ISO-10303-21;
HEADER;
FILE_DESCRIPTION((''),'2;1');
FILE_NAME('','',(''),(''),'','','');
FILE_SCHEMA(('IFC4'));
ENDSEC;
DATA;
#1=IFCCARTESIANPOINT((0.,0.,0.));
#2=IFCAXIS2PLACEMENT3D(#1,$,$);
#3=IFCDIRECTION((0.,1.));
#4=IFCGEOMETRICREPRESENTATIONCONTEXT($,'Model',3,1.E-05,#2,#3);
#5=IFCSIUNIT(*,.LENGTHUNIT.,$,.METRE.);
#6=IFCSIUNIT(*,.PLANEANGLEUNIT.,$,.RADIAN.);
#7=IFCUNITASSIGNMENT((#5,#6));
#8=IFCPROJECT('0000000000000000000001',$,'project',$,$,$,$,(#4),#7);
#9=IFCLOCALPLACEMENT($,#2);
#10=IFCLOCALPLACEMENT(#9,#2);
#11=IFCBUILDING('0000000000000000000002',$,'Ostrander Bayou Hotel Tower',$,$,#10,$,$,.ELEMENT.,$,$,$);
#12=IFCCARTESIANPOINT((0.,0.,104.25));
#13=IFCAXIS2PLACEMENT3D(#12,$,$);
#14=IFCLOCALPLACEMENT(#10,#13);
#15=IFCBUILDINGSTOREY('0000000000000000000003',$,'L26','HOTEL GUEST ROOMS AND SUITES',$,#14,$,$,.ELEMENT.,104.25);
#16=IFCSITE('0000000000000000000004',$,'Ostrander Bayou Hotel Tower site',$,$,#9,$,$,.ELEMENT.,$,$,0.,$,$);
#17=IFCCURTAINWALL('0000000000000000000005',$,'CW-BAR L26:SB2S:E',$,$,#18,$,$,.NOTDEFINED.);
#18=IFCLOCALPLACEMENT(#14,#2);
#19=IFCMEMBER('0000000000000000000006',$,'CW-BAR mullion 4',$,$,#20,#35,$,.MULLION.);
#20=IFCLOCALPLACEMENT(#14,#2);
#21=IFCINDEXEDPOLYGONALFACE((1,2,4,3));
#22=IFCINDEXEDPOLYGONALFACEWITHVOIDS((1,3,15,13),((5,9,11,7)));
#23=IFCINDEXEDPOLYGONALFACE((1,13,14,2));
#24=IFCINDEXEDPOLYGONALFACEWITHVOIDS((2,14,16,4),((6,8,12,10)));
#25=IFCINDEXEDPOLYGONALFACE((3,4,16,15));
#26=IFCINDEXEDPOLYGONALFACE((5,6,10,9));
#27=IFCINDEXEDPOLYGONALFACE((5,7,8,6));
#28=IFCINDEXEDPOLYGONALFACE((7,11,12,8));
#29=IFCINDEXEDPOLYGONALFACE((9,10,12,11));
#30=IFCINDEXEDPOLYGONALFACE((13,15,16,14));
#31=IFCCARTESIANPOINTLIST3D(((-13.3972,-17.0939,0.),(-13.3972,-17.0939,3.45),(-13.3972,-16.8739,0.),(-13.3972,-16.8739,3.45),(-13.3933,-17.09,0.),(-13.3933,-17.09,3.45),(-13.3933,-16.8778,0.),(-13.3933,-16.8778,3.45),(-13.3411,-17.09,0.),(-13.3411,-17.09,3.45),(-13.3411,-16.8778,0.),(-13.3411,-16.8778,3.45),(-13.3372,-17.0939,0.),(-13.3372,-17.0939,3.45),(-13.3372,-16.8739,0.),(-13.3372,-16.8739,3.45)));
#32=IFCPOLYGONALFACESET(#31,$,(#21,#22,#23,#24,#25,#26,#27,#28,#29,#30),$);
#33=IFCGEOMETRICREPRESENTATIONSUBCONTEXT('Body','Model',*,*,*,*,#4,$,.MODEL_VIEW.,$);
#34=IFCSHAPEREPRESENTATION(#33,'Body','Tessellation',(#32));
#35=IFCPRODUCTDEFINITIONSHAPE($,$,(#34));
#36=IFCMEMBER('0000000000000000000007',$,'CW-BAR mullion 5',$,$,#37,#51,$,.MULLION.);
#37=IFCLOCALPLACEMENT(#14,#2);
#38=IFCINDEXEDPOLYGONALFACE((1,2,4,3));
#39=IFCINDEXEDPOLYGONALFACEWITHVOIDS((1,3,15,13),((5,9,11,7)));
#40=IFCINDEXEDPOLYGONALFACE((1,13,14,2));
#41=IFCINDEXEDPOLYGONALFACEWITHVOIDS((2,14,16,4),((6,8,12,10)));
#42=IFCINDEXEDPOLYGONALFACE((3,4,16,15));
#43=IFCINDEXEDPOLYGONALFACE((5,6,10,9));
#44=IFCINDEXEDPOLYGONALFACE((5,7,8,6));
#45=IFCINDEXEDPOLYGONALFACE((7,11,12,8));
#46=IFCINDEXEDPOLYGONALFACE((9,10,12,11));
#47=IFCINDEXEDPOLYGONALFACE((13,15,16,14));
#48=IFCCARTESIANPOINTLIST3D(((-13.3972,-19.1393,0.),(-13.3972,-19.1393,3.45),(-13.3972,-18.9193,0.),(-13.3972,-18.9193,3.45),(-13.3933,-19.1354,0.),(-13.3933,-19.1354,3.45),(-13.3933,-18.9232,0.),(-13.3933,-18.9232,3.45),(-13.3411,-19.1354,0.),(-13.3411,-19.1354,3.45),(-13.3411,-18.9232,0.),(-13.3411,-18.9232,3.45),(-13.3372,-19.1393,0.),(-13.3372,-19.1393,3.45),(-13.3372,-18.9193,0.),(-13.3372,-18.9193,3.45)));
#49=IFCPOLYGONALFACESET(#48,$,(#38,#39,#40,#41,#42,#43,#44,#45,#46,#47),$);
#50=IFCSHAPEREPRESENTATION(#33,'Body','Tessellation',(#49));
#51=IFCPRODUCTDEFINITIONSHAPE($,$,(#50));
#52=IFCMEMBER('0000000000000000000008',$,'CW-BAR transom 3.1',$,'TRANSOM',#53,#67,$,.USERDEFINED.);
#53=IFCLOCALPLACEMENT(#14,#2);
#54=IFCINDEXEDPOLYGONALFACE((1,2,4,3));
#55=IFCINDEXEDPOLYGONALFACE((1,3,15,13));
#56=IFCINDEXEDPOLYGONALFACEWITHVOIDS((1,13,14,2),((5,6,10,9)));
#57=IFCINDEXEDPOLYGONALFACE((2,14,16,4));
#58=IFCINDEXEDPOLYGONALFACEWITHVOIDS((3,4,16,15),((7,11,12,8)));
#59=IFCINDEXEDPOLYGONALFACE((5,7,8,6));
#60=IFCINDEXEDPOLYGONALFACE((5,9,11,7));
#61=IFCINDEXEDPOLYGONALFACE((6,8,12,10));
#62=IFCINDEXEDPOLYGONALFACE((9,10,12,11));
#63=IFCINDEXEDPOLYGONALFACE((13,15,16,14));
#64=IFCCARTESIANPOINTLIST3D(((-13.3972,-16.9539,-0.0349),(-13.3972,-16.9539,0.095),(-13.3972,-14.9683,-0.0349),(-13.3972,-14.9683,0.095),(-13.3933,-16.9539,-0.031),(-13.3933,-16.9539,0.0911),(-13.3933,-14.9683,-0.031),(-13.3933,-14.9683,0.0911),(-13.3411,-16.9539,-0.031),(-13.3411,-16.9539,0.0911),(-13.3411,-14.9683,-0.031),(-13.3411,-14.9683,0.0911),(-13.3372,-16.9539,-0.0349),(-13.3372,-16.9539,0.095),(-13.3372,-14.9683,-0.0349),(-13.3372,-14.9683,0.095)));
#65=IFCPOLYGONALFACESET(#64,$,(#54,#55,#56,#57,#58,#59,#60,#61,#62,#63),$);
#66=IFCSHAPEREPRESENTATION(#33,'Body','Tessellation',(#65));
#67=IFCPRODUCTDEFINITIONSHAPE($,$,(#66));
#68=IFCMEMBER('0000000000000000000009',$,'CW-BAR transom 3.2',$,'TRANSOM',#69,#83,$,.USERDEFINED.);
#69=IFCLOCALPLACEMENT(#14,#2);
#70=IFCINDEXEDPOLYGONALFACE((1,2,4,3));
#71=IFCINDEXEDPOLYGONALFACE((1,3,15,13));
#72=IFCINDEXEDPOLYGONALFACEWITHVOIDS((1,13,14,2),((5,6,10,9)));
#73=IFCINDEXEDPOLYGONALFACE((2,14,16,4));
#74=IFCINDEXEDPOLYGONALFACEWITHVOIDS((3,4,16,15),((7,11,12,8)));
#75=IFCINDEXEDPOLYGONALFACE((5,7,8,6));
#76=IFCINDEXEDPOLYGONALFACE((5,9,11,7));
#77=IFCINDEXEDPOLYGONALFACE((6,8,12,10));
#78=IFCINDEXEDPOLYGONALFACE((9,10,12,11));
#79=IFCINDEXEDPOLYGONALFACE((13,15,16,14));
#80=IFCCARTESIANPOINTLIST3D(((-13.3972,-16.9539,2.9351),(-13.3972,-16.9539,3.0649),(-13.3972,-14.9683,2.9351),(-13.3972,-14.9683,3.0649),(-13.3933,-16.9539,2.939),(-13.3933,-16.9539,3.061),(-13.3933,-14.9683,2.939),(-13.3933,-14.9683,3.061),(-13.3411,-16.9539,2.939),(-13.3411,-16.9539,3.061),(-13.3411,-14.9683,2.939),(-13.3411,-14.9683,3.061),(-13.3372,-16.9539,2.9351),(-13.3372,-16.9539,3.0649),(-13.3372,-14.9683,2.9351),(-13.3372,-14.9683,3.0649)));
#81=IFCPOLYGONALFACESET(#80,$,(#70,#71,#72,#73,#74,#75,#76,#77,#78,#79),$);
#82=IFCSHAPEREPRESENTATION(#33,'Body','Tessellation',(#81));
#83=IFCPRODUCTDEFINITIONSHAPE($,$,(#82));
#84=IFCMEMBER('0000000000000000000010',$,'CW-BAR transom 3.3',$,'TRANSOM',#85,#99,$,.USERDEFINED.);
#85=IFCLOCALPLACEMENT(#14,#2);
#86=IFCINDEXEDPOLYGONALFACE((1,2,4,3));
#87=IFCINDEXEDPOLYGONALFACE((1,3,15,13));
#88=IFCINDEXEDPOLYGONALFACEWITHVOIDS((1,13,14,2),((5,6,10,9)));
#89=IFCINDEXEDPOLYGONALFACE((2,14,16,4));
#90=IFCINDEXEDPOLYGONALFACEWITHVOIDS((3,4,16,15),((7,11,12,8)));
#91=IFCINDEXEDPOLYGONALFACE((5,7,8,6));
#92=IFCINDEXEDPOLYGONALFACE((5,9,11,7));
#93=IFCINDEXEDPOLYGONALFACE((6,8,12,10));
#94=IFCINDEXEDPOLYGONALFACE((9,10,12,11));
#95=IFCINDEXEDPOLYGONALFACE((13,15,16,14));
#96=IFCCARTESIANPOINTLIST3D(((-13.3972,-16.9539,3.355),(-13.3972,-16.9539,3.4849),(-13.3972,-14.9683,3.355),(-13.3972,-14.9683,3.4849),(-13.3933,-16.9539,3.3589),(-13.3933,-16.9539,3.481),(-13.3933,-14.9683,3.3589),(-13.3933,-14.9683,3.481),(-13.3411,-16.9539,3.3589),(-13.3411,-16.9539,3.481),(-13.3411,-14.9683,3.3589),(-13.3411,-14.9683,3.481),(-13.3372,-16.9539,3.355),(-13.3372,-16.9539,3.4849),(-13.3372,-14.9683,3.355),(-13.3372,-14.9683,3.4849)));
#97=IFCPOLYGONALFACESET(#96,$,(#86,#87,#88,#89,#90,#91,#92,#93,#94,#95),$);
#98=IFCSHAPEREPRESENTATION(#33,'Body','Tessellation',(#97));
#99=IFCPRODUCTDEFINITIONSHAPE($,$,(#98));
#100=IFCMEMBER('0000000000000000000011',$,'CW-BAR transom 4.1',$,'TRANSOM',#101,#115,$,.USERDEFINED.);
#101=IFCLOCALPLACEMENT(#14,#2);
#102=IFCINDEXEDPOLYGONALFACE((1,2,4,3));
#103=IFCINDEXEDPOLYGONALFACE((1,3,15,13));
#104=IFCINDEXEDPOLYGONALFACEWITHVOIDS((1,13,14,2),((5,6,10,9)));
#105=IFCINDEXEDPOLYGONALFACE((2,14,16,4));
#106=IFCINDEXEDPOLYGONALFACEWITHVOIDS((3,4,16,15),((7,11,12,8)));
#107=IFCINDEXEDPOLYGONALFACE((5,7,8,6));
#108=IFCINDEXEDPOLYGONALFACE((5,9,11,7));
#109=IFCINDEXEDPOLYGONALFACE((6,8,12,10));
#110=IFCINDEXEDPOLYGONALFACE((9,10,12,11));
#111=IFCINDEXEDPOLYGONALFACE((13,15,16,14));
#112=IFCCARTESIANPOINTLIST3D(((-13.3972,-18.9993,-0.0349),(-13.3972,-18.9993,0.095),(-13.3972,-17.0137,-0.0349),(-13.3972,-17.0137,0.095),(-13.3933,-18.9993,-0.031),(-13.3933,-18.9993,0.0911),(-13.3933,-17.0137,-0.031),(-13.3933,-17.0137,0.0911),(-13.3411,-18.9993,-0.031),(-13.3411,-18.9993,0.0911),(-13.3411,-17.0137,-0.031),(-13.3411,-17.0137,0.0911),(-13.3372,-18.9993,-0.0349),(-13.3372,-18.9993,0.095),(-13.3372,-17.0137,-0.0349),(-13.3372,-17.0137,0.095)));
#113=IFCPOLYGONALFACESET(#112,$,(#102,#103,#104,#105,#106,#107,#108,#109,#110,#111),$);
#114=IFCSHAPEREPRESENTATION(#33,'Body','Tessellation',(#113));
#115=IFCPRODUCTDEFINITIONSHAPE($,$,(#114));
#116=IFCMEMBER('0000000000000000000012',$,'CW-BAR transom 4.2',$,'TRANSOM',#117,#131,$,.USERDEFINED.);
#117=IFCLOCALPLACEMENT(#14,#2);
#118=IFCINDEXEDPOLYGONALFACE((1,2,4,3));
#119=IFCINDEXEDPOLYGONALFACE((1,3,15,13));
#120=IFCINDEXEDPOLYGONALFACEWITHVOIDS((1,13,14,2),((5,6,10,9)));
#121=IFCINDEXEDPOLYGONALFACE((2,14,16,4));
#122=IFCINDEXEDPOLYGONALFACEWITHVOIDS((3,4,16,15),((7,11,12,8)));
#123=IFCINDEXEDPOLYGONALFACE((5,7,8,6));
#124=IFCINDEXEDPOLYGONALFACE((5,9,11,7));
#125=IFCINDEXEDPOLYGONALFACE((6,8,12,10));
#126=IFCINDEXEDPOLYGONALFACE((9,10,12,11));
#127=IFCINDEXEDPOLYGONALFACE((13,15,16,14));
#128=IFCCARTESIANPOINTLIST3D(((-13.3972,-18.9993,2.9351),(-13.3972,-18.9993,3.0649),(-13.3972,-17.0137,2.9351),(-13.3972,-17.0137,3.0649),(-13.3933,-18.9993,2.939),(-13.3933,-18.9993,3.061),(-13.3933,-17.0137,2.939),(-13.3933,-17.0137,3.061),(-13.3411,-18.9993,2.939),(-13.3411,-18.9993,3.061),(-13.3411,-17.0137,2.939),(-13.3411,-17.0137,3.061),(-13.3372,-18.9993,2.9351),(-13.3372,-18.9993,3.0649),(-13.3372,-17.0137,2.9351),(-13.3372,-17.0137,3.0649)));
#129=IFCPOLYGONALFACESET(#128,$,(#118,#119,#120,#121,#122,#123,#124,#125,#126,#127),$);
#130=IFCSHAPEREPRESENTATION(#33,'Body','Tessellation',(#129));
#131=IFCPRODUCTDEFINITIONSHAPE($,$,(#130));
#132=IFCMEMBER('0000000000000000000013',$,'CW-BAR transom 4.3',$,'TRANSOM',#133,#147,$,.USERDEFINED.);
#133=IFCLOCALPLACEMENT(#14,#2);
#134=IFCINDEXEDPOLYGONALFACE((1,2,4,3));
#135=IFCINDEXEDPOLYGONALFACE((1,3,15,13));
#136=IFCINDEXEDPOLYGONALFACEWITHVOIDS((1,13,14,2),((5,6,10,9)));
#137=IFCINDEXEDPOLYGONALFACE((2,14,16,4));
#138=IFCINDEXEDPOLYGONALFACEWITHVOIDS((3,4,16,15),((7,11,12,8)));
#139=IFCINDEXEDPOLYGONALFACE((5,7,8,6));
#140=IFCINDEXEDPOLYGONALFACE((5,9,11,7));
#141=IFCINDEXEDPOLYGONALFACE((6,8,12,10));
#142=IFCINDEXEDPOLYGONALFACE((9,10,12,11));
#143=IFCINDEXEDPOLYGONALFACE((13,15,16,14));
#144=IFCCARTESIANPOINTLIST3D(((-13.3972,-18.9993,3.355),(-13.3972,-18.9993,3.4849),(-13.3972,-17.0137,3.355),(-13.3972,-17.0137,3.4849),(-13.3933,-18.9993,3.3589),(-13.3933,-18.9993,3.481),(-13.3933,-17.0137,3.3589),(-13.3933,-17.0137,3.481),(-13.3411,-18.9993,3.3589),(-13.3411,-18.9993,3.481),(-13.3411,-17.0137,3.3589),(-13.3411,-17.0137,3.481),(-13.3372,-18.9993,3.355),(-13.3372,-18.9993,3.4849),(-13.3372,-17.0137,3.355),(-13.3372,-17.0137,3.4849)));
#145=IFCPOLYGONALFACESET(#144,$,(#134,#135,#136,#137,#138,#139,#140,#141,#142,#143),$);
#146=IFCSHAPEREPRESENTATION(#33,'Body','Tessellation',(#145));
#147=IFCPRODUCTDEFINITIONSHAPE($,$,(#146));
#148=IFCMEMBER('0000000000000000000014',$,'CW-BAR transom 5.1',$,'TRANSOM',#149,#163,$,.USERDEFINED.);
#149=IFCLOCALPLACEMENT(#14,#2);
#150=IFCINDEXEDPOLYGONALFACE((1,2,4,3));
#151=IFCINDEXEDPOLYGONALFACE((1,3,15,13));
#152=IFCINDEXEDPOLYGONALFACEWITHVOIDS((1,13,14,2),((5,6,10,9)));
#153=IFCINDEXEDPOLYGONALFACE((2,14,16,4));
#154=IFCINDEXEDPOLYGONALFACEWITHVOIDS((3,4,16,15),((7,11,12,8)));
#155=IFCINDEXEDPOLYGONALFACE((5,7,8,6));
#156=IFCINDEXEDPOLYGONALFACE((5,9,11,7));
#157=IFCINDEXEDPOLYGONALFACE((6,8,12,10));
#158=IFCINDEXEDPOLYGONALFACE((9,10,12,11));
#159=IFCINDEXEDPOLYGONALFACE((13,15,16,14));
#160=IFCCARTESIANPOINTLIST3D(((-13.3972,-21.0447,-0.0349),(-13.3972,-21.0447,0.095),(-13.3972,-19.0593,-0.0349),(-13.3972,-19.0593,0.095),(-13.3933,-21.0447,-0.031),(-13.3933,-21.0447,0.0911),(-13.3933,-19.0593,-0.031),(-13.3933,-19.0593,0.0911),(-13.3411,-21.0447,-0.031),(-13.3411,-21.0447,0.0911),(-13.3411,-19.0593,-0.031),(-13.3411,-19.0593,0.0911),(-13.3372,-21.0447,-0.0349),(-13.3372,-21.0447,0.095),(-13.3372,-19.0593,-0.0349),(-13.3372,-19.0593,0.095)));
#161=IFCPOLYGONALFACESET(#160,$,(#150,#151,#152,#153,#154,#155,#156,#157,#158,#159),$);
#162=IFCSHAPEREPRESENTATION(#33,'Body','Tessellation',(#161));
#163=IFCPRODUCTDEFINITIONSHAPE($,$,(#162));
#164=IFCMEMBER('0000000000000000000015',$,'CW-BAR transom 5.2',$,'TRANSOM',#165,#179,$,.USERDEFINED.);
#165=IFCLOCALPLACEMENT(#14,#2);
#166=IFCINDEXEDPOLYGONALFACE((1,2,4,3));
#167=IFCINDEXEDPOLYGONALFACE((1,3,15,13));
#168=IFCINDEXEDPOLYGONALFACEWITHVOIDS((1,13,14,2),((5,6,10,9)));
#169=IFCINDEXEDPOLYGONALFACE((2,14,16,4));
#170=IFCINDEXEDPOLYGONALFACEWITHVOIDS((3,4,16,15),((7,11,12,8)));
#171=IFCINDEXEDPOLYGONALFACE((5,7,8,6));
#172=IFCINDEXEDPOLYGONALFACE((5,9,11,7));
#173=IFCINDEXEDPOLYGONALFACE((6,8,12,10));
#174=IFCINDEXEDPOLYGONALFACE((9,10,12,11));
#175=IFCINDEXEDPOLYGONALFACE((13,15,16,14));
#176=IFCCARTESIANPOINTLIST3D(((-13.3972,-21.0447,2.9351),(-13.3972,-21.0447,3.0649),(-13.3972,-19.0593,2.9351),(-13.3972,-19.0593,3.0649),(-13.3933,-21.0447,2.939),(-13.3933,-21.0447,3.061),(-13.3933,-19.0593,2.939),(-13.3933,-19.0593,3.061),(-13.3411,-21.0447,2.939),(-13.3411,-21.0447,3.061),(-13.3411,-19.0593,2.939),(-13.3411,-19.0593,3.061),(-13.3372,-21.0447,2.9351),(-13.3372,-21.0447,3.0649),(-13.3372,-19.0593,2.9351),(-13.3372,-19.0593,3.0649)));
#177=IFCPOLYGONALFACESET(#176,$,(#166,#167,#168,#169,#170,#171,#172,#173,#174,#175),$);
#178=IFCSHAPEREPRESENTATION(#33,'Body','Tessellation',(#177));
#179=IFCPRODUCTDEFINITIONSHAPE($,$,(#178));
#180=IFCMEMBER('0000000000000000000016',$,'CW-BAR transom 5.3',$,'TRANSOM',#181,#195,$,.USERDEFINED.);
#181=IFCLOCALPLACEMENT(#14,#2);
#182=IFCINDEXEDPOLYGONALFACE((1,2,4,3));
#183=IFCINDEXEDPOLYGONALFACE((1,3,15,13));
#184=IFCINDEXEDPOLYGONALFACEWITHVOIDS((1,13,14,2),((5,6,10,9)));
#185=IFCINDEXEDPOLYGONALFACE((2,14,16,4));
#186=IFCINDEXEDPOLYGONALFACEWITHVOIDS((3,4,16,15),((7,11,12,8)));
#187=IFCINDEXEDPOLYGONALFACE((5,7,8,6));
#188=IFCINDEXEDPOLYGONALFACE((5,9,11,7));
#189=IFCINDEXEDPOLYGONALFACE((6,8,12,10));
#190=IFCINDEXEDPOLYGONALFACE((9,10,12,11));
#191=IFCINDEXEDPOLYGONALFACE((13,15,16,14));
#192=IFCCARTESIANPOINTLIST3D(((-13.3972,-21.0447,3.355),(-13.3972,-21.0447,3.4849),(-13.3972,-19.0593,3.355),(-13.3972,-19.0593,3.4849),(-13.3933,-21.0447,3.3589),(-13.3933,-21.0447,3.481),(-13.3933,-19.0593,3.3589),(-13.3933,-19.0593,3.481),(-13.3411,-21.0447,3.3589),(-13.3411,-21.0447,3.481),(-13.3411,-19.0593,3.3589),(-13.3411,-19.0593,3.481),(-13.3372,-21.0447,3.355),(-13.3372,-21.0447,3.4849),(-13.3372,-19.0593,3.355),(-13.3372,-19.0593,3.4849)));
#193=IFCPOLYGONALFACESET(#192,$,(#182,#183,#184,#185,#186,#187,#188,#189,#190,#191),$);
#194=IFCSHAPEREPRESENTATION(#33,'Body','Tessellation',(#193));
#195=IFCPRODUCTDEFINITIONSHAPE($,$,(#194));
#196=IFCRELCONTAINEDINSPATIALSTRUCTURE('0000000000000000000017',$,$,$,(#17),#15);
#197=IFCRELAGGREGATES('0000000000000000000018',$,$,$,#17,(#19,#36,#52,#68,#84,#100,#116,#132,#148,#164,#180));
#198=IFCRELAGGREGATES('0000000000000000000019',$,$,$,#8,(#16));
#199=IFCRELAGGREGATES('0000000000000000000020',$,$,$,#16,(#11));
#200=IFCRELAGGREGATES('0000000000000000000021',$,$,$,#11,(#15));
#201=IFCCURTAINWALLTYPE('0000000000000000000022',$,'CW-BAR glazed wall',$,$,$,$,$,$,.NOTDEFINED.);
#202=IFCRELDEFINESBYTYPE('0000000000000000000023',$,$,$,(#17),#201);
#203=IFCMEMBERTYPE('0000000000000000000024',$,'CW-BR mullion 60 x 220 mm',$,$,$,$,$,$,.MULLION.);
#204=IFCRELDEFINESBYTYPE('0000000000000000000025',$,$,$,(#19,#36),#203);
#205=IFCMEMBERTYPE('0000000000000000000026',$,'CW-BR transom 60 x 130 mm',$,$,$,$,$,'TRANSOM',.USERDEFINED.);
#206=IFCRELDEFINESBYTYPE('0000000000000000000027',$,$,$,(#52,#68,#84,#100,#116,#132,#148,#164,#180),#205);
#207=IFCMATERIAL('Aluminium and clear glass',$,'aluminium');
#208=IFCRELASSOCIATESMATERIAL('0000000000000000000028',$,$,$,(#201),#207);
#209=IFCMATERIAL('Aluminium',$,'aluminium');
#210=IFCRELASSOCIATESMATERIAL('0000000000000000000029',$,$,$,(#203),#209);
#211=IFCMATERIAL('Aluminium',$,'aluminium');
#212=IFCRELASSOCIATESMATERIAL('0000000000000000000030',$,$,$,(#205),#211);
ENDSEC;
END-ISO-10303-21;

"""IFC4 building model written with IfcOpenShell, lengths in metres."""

from ifc_helpers import new_model, si_unit, direction, frame, origin, origin_2d, place, context, subcontext, project, spatial, hollow_rectangle, extrude, material, material_profile, profile_set, type_object, element, aggregate, save


model = new_model("IFC4")

# Units and contexts
model_context = context("Model", 3, precision=1e-05, world=origin(), true_north=direction((0.0, 1.0)))
body_context = subcontext(model_context, "Body", "Model", "MODEL_VIEW")
ifc_project = project(units=[si_unit("LENGTHUNIT", "METRE"), si_unit("PLANEANGLEUNIT", "RADIAN")], contexts=[model_context])

# Site, building, storey
site_placement = place(None, origin())
site = spatial("IfcSite", under=ifc_project, at=site_placement, Name="Ostrander Bayou Hotel Tower site", CompositionType="ELEMENT", RefElevation=0.0)
building_placement = place(site_placement, origin())
building = spatial("IfcBuilding", under=site, at=building_placement, Name="Ostrander Bayou Hotel Tower", CompositionType="ELEMENT")
storey_placement = place(building_placement, frame((0.0, 0.0, 104.25)))
storey = spatial("IfcBuildingStorey", under=building, at=storey_placement, Name="L26", Description="HOTEL GUEST ROOMS AND SUITES", CompositionType="ELEMENT", Elevation=104.25)

# Curtain wall, members
ifc_material_1 = material(Name="Aluminium and clear glass", Category="aluminium")
curtain_wall_type = type_object("IfcCurtainWallType", Name="CW-BAR glazed wall", PredefinedType="NOTDEFINED", material=ifc_material_1)
curtain_wall_placement = place(storey_placement, origin())
curtain_wall = element("IfcCurtainWall", 1, at=curtain_wall_placement, inside=storey, type_object=curtain_wall_type, Name="CW-BAR L26:SB2S:E", PredefinedType="NOTDEFINED")
ifc_material_2 = material(Name="Aluminium", Category="aluminium")
ifc_material_profile_1 = material_profile(ifc_material_2, hollow_rectangle(XDim=0.0601, YDim=0.22, WallThickness=0.0039, at=origin_2d()))
ifc_profile_set_1 = profile_set([ifc_material_profile_1], Name="Aluminium")
member_type_1 = type_object("IfcMemberType", Name="CW-BR mullion 60 x 220 mm", PredefinedType="MULLION", material=ifc_profile_set_1)
member_1_placement = place(storey_placement, frame((-13.3672, -16.9839, 0.0), z_axis=(0.0, 0.0, 1.0), x_axis=(1.0, 0.0, 0.0)))
member_1 = element("IfcMember", 2, at=member_1_placement, type_object=member_type_1, Name="CW-BAR mullion 4", PredefinedType="MULLION", context=body_context, shape_type="SweptSolid", body=[
    extrude(hollow_rectangle(XDim=0.0601, YDim=0.22, WallThickness=0.0039, at=origin_2d()), origin(), (0.0, 0.0, 1.0), 3.45),
])
member_2_placement = place(storey_placement, frame((-13.3672, -19.0293, 0.0), z_axis=(0.0, 0.0, 1.0), x_axis=(1.0, 0.0, 0.0)))
member_2 = element("IfcMember", 3, at=member_2_placement, type_object=member_type_1, Name="CW-BAR mullion 5", PredefinedType="MULLION", context=body_context, shape_type="SweptSolid", body=[
    extrude(hollow_rectangle(XDim=0.0601, YDim=0.22, WallThickness=0.0039, at=origin_2d()), origin(), (0.0, 0.0, 1.0), 3.45),
])
ifc_material_3 = material(Name="Aluminium", Category="aluminium")
ifc_material_profile_2 = material_profile(ifc_material_3, hollow_rectangle(XDim=0.0601, YDim=0.1299, WallThickness=0.0039, at=origin_2d()))
ifc_profile_set_2 = profile_set([ifc_material_profile_2], Name="Aluminium")
member_type_2 = type_object("IfcMemberType", Name="CW-BR transom 60 x 130 mm", ElementType="TRANSOM", PredefinedType="USERDEFINED", material=ifc_profile_set_2)
member_3_placement = place(storey_placement, frame((-13.3672, -14.9683, 0.03), z_axis=(0.0, -1.0, 0.0), x_axis=(1.0, 0.0, 0.0)))
member_3 = element("IfcMember", 4, at=member_3_placement, type_object=member_type_2, Name="CW-BAR transom 3.1", ObjectType="TRANSOM", PredefinedType="USERDEFINED", context=body_context, shape_type="SweptSolid", body=[
    extrude(hollow_rectangle(XDim=0.0601, YDim=0.1299, WallThickness=0.0039, at=origin_2d()), origin(), (0.0, 0.0, 1.0), 1.9856),
])
member_4_placement = place(storey_placement, frame((-13.3672, -14.9683, 3.0), z_axis=(0.0, -1.0, 0.0), x_axis=(1.0, 0.0, 0.0)))
member_4 = element("IfcMember", 5, at=member_4_placement, type_object=member_type_2, Name="CW-BAR transom 3.2", ObjectType="TRANSOM", PredefinedType="USERDEFINED", context=body_context, shape_type="SweptSolid", body=[
    extrude(hollow_rectangle(XDim=0.0601, YDim=0.1299, WallThickness=0.0039, at=origin_2d()), origin(), (0.0, 0.0, 1.0), 1.9856),
])
member_5_placement = place(storey_placement, frame((-13.3672, -14.9683, 3.4199), z_axis=(0.0, -1.0, 0.0), x_axis=(1.0, 0.0, 0.0)))
member_5 = element("IfcMember", 6, at=member_5_placement, type_object=member_type_2, Name="CW-BAR transom 3.3", ObjectType="TRANSOM", PredefinedType="USERDEFINED", context=body_context, shape_type="SweptSolid", body=[
    extrude(hollow_rectangle(XDim=0.0601, YDim=0.1299, WallThickness=0.0039, at=origin_2d()), origin(), (0.0, 0.0, 1.0), 1.9856),
])
member_6_placement = place(storey_placement, frame((-13.3672, -17.0137, 0.03), z_axis=(0.0, -1.0, 0.0), x_axis=(1.0, 0.0, 0.0)))
member_6 = element("IfcMember", 7, at=member_6_placement, type_object=member_type_2, Name="CW-BAR transom 4.1", ObjectType="TRANSOM", PredefinedType="USERDEFINED", context=body_context, shape_type="SweptSolid", body=[
    extrude(hollow_rectangle(XDim=0.0601, YDim=0.1299, WallThickness=0.0039, at=origin_2d()), origin(), (0.0, 0.0, 1.0), 1.9856),
])
member_7_placement = place(storey_placement, frame((-13.3672, -17.0137, 3.0), z_axis=(0.0, -1.0, 0.0), x_axis=(1.0, 0.0, 0.0)))
member_7 = element("IfcMember", 8, at=member_7_placement, type_object=member_type_2, Name="CW-BAR transom 4.2", ObjectType="TRANSOM", PredefinedType="USERDEFINED", context=body_context, shape_type="SweptSolid", body=[
    extrude(hollow_rectangle(XDim=0.0601, YDim=0.1299, WallThickness=0.0039, at=origin_2d()), origin(), (0.0, 0.0, 1.0), 1.9856),
])
member_8_placement = place(storey_placement, frame((-13.3672, -17.0137, 3.4199), z_axis=(0.0, -1.0, 0.0), x_axis=(1.0, 0.0, 0.0)))
member_8 = element("IfcMember", 9, at=member_8_placement, type_object=member_type_2, Name="CW-BAR transom 4.3", ObjectType="TRANSOM", PredefinedType="USERDEFINED", context=body_context, shape_type="SweptSolid", body=[
    extrude(hollow_rectangle(XDim=0.0601, YDim=0.1299, WallThickness=0.0039, at=origin_2d()), origin(), (0.0, 0.0, 1.0), 1.9856),
])
member_9_placement = place(storey_placement, frame((-13.3672, -19.0593, 0.03), z_axis=(0.0, -1.0, 0.0), x_axis=(1.0, 0.0, 0.0)))
member_9 = element("IfcMember", 10, at=member_9_placement, type_object=member_type_2, Name="CW-BAR transom 5.1", ObjectType="TRANSOM", PredefinedType="USERDEFINED", context=body_context, shape_type="SweptSolid", body=[
    extrude(hollow_rectangle(XDim=0.0601, YDim=0.1299, WallThickness=0.0039, at=origin_2d()), origin(), (0.0, 0.0, 1.0), 1.9854),
])
member_10_placement = place(storey_placement, frame((-13.3672, -19.0593, 3.0), z_axis=(0.0, -1.0, 0.0), x_axis=(1.0, 0.0, 0.0)))
member_10 = element("IfcMember", 11, at=member_10_placement, type_object=member_type_2, Name="CW-BAR transom 5.2", ObjectType="TRANSOM", PredefinedType="USERDEFINED", context=body_context, shape_type="SweptSolid", body=[
    extrude(hollow_rectangle(XDim=0.0601, YDim=0.1299, WallThickness=0.0039, at=origin_2d()), origin(), (0.0, 0.0, 1.0), 1.9854),
])
member_11_placement = place(storey_placement, frame((-13.3672, -19.0593, 3.4199), z_axis=(0.0, -1.0, 0.0), x_axis=(1.0, 0.0, 0.0)))
member_11 = element("IfcMember", 12, at=member_11_placement, type_object=member_type_2, Name="CW-BAR transom 5.3", ObjectType="TRANSOM", PredefinedType="USERDEFINED", context=body_context, shape_type="SweptSolid", body=[
    extrude(hollow_rectangle(XDim=0.0601, YDim=0.1299, WallThickness=0.0039, at=origin_2d()), origin(), (0.0, 0.0, 1.0), 1.9854),
])

aggregate(curtain_wall, [member_1, member_2, member_3, member_4, member_5, member_6, member_7, member_8, member_9, member_10, member_11])

save(model, "model.ifc")
